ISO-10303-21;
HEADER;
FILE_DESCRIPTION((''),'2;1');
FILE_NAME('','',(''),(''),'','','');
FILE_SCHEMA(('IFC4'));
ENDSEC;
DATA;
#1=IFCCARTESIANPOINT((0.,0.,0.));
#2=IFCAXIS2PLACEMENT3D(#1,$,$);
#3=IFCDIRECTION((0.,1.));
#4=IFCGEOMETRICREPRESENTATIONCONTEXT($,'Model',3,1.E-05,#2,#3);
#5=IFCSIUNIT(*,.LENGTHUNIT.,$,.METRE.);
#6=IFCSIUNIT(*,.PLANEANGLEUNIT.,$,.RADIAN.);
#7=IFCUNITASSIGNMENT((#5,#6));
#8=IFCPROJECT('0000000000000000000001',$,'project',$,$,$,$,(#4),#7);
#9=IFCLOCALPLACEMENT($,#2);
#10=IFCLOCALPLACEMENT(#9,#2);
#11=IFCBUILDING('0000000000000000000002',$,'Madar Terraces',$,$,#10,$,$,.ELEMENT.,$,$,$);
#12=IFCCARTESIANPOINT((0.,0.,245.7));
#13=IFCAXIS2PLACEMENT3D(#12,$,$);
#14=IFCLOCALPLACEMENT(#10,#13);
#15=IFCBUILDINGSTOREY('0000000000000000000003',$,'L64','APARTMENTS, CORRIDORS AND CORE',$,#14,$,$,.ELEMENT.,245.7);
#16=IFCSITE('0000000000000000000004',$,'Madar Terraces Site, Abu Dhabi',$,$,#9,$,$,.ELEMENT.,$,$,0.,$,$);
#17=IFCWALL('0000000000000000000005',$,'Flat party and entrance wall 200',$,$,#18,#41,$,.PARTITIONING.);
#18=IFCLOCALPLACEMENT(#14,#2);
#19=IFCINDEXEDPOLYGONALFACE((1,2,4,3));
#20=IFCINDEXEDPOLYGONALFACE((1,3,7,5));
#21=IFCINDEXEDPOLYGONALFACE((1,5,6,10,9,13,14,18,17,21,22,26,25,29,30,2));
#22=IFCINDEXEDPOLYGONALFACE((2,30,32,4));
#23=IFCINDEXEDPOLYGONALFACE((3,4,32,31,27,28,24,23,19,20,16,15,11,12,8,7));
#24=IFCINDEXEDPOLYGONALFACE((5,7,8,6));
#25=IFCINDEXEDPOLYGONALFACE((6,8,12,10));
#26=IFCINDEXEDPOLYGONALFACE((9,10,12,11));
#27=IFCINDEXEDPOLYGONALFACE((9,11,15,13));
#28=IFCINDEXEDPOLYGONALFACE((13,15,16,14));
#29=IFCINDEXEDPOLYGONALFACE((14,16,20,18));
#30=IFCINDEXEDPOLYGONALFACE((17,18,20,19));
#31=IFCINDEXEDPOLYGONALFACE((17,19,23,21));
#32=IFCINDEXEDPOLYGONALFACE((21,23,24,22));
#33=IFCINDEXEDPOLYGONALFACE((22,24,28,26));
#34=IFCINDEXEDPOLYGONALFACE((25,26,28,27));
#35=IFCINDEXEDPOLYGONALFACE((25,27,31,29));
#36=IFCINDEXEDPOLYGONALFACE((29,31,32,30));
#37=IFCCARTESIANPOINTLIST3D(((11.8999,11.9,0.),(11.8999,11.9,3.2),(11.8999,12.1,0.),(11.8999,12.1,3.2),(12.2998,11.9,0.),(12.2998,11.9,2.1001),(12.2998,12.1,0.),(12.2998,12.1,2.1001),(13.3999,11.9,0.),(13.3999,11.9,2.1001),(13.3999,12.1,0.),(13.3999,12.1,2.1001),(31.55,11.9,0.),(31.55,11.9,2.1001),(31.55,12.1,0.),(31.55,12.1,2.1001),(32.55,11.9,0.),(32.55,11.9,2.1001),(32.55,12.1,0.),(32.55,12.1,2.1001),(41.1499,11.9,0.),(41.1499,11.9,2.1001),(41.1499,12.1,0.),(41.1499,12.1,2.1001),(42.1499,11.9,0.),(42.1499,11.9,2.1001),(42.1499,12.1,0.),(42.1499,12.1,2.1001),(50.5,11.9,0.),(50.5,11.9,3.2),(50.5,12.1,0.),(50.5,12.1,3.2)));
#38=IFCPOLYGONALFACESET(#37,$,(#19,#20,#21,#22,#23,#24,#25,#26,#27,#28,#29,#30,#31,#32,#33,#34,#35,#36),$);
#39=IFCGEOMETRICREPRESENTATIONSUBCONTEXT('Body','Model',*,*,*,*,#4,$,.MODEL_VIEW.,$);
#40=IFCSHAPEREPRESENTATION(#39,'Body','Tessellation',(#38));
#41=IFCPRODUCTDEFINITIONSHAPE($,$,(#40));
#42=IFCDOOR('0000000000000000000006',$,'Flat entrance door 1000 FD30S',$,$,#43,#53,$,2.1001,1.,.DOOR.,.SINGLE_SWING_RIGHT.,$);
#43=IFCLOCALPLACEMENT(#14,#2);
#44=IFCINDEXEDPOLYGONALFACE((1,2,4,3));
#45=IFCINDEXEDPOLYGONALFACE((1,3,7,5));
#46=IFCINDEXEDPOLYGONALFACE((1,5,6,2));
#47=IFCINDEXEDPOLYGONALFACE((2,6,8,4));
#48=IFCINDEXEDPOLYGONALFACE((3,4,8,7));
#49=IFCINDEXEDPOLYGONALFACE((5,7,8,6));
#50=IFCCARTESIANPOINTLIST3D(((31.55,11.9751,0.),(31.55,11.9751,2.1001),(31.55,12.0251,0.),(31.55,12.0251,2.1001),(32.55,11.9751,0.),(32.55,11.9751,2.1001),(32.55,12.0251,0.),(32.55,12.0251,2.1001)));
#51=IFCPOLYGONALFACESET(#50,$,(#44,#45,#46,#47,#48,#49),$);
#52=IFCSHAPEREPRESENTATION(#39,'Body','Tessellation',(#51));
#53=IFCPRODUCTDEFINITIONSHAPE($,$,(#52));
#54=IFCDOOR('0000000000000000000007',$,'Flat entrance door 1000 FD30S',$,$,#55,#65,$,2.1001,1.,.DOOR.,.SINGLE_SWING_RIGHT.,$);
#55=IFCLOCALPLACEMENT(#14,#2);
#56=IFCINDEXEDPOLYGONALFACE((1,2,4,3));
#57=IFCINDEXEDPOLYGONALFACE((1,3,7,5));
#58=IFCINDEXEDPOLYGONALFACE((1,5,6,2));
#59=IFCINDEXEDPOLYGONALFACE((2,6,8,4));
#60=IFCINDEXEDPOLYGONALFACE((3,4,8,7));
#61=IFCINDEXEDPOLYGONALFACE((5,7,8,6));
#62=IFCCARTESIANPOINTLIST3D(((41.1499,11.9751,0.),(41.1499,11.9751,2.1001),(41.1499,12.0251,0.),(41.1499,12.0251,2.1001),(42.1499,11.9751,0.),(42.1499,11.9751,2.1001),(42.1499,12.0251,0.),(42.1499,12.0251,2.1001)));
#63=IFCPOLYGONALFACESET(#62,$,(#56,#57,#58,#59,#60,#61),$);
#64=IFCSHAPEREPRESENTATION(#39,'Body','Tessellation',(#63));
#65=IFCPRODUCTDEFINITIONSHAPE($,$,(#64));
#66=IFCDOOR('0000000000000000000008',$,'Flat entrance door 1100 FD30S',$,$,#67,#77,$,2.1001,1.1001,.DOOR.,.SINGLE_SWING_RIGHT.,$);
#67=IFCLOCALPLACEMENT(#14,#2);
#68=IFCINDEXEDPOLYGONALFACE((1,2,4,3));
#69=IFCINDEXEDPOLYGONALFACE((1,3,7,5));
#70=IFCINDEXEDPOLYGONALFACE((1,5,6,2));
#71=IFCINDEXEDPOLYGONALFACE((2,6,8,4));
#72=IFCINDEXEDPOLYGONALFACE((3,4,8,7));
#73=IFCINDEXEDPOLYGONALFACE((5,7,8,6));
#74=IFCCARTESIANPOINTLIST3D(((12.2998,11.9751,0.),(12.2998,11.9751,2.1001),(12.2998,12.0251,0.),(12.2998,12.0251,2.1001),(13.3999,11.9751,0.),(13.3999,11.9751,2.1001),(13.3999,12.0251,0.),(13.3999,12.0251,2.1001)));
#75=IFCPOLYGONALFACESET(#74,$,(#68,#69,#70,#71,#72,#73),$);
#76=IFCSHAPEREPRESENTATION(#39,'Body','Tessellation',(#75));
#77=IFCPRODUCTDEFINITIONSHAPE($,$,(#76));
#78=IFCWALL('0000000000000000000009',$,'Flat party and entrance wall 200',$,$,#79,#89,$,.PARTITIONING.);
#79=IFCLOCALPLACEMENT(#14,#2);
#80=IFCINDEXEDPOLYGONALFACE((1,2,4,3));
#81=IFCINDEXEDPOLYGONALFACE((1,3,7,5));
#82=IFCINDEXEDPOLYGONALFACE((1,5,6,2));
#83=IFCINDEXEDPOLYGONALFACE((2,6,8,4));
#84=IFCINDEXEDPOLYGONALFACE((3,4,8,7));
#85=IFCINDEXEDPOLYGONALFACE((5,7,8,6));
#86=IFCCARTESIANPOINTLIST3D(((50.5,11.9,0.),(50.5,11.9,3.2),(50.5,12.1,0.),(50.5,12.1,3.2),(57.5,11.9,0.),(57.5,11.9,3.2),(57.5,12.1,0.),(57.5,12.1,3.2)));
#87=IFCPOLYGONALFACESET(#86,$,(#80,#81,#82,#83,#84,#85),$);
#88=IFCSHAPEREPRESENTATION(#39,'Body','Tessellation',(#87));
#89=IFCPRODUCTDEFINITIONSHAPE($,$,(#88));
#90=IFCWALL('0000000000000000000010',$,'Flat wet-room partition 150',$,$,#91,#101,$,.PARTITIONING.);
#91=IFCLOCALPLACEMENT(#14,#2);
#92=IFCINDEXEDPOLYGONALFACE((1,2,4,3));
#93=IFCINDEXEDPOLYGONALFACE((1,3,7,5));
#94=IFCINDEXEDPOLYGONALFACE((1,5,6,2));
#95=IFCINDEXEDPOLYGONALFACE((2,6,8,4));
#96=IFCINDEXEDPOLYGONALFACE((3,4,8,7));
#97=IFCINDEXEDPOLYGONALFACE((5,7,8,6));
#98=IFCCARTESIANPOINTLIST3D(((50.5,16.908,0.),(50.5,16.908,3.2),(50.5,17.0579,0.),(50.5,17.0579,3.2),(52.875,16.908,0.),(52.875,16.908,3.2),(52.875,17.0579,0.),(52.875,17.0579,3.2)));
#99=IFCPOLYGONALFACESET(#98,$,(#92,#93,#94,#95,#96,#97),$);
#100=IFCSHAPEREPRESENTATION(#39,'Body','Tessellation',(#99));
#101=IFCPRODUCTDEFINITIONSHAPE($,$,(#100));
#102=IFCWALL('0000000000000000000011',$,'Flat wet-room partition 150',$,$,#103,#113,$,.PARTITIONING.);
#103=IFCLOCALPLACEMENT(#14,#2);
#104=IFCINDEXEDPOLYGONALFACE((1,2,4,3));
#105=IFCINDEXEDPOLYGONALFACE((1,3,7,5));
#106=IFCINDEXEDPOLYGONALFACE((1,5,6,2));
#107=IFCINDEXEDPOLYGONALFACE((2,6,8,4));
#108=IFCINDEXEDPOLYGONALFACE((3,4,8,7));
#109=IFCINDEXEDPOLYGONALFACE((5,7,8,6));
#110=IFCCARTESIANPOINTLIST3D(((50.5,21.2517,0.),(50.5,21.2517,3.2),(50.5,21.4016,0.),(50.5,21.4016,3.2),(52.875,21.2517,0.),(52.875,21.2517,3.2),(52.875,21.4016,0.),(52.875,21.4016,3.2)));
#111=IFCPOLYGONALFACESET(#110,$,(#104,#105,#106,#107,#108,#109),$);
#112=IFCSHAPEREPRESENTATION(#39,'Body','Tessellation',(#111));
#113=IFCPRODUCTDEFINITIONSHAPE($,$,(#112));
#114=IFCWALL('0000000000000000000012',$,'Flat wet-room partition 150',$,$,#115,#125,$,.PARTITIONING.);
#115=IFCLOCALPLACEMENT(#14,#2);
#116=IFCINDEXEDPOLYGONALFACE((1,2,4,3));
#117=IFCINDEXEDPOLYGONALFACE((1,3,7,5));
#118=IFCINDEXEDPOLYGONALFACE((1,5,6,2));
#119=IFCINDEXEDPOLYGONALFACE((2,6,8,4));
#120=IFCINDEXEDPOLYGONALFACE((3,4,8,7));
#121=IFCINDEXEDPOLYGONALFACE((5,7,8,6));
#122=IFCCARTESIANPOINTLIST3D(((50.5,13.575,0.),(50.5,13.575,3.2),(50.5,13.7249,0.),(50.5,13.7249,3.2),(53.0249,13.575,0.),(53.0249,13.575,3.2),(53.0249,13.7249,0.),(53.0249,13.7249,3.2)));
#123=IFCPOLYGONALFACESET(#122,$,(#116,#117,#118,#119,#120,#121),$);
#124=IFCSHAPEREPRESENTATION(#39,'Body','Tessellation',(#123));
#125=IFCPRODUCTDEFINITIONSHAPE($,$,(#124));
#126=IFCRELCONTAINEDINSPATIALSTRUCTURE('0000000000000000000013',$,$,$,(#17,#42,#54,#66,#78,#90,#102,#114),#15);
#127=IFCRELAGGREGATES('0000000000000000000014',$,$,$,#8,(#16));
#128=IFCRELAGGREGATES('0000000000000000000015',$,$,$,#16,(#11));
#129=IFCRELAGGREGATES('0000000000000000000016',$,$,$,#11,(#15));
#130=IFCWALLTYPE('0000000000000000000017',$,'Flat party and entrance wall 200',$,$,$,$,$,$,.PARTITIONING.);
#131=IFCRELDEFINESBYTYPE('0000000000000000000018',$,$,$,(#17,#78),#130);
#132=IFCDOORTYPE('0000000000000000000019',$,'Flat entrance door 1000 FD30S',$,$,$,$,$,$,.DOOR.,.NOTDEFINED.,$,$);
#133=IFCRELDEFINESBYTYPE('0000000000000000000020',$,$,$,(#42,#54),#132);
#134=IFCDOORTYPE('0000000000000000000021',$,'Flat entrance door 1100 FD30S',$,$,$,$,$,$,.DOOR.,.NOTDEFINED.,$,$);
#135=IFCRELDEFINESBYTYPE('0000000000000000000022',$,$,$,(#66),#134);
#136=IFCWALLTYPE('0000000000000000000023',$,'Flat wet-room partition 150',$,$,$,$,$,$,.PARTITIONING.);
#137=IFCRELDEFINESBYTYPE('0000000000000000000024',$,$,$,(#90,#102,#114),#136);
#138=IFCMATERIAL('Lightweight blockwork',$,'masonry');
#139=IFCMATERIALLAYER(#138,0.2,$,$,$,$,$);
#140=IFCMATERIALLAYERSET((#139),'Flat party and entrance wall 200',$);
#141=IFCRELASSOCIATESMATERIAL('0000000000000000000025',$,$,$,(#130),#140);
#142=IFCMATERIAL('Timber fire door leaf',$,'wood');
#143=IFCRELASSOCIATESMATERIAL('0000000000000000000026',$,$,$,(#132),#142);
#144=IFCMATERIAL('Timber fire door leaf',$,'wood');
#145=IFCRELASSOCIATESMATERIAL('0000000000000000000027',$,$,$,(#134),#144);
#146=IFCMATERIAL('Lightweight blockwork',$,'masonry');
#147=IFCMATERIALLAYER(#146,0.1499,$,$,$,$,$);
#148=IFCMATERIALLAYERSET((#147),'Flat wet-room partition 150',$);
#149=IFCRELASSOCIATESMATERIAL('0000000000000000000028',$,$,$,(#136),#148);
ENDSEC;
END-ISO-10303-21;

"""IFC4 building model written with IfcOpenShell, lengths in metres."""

from ifc_helpers import new_model, si_unit, direction, frame, frame_2d, origin, place, context, subcontext, project, spatial, rectangle, extrude, material, layer, layer_set, type_object, element, fill, save


model = new_model("IFC4")

# Units and contexts
model_context = context("Model", 3, precision=1e-05, world=origin(), true_north=direction((0.0, 1.0)))
body_context = subcontext(model_context, "Body", "Model", "MODEL_VIEW")
ifc_project = project(units=[si_unit("LENGTHUNIT", "METRE"), si_unit("PLANEANGLEUNIT", "RADIAN")], contexts=[model_context])

# Site, building, storey
site_placement = place(None, origin())
site = spatial("IfcSite", under=ifc_project, at=site_placement, Name="Madar Terraces Site, Abu Dhabi", CompositionType="ELEMENT", RefElevation=0.0)
building_placement = place(site_placement, origin())
building = spatial("IfcBuilding", under=site, at=building_placement, Name="Madar Terraces", CompositionType="ELEMENT")
storey_placement = place(building_placement, frame((0.0, 0.0, 245.7)))
storey = spatial("IfcBuildingStorey", under=building, at=storey_placement, Name="L64", Description="APARTMENTS, CORRIDORS AND CORE", CompositionType="ELEMENT", Elevation=245.7)

# Wall, openings, doors
ifc_material_1 = material(Name="Lightweight blockwork", Category="masonry")
ifc_layer_1 = layer(ifc_material_1, 0.2)
ifc_layer_set_1 = layer_set([ifc_layer_1], Name="Flat party and entrance wall 200")
wall_type_1 = type_object("IfcWallType", Name="Flat party and entrance wall 200", PredefinedType="PARTITIONING", material=ifc_layer_set_1)
wall_1_placement = place(storey_placement, frame((50.5, 12.0, 0.0), z_axis=(0.0, 0.0, 1.0), x_axis=(-1.0, 0.0, 0.0)))
wall_1 = element("IfcWall", 1, at=wall_1_placement, inside=storey, type_object=wall_type_1, Name="Flat party and entrance wall 200", PredefinedType="PARTITIONING", context=body_context, shape_type="SweptSolid", body=[
    extrude(rectangle(XDim=38.6001, YDim=0.2, at=frame_2d((19.3, 0.0))), origin(), (0.0, 0.0, 1.0), 3.2),
])
opening_1_placement = place(wall_1_placement, frame((37.1001, 0.0, 0.0)))
opening_1 = element("IfcOpeningElement", 2, at=opening_1_placement, cuts=wall_1, PredefinedType="OPENING", context=body_context, shape_type="SweptSolid", body=[
    extrude(rectangle(XDim=1.1001, YDim=2.1001, at=frame_2d((0.55, 1.05))), frame((0.0, 0.1099, 0.0), z_axis=(0.0, -1.0, 0.0), x_axis=(1.0, 0.0, 0.0)), (0.0, 0.0, 1.0), 0.22),
])
opening_2_placement = place(wall_1_placement, frame((17.95, 0.0, 0.0)))
opening_2 = element("IfcOpeningElement", 3, at=opening_2_placement, cuts=wall_1, PredefinedType="OPENING", context=body_context, shape_type="SweptSolid", body=[
    extrude(rectangle(XDim=1.0, YDim=2.1001, at=frame_2d((0.5, 1.05))), frame((0.0, 0.1099, 0.0), z_axis=(0.0, -1.0, 0.0), x_axis=(1.0, 0.0, 0.0)), (0.0, 0.0, 1.0), 0.22),
])
opening_3_placement = place(wall_1_placement, frame((8.3501, 0.0, 0.0)))
opening_3 = element("IfcOpeningElement", 4, at=opening_3_placement, cuts=wall_1, PredefinedType="OPENING", context=body_context, shape_type="SweptSolid", body=[
    extrude(rectangle(XDim=1.0, YDim=2.1001, at=frame_2d((0.5, 1.05))), frame((0.0, 0.1099, 0.0), z_axis=(0.0, -1.0, 0.0), x_axis=(1.0, 0.0, 0.0)), (0.0, 0.0, 1.0), 0.22),
])
ifc_material_2 = material(Name="Timber fire door leaf", Category="wood")
door_type_1 = type_object("IfcDoorType", Name="Flat entrance door 1000 FD30S", OperationType="NOTDEFINED", PredefinedType="DOOR", material=ifc_material_2)
door_1_placement = place(opening_2_placement, origin())
door_1 = element("IfcDoor", 5, at=door_1_placement, inside=storey, type_object=door_type_1, Name="Flat entrance door 1000 FD30S", OperationType="SINGLE_SWING_RIGHT", OverallHeight=2.1001, OverallWidth=1.0, PredefinedType="DOOR", context=body_context, shape_type="SweptSolid", body=[
    extrude(rectangle(XDim=1.0, YDim=2.1001, at=frame_2d((0.5, 1.05))), frame((0.0, 0.0249, 0.0), z_axis=(0.0, -1.0, 0.0), x_axis=(1.0, 0.0, 0.0)), (0.0, 0.0, 1.0), 0.05),
])
fill(opening_2, door_1)
door_2_placement = place(opening_3_placement, origin())
door_2 = element("IfcDoor", 6, at=door_2_placement, inside=storey, type_object=door_type_1, Name="Flat entrance door 1000 FD30S", OperationType="SINGLE_SWING_RIGHT", OverallHeight=2.1001, OverallWidth=1.0, PredefinedType="DOOR", context=body_context, shape_type="SweptSolid", body=[
    extrude(rectangle(XDim=1.0, YDim=2.1001, at=frame_2d((0.5, 1.05))), frame((0.0, 0.0249, 0.0), z_axis=(0.0, -1.0, 0.0), x_axis=(1.0, 0.0, 0.0)), (0.0, 0.0, 1.0), 0.05),
])
fill(opening_3, door_2)
ifc_material_3 = material(Name="Timber fire door leaf", Category="wood")
door_type_2 = type_object("IfcDoorType", Name="Flat entrance door 1100 FD30S", OperationType="NOTDEFINED", PredefinedType="DOOR", material=ifc_material_3)
door_3_placement = place(opening_1_placement, origin())
door_3 = element("IfcDoor", 7, at=door_3_placement, inside=storey, type_object=door_type_2, Name="Flat entrance door 1100 FD30S", OperationType="SINGLE_SWING_RIGHT", OverallHeight=2.1001, OverallWidth=1.1001, PredefinedType="DOOR", context=body_context, shape_type="SweptSolid", body=[
    extrude(rectangle(XDim=1.1001, YDim=2.1001, at=frame_2d((0.55, 1.05))), frame((0.0, 0.0249, 0.0), z_axis=(0.0, -1.0, 0.0), x_axis=(1.0, 0.0, 0.0)), (0.0, 0.0, 1.0), 0.05),
])
fill(opening_1, door_3)

# Walls
wall_2_placement = place(storey_placement, frame((50.5, 12.0, 0.0), z_axis=(0.0, 0.0, 1.0), x_axis=(1.0, 0.0, 0.0)))
element("IfcWall", 8, at=wall_2_placement, inside=storey, type_object=wall_type_1, Name="Flat party and entrance wall 200", PredefinedType="PARTITIONING", context=body_context, shape_type="SweptSolid", body=[
    extrude(rectangle(XDim=7.0, YDim=0.2, at=frame_2d((3.5, 0.0))), origin(), (0.0, 0.0, 1.0), 3.2),
])
ifc_material_4 = material(Name="Lightweight blockwork", Category="masonry")
ifc_layer_2 = layer(ifc_material_4, 0.1499)
ifc_layer_set_2 = layer_set([ifc_layer_2], Name="Flat wet-room partition 150")
wall_type_2 = type_object("IfcWallType", Name="Flat wet-room partition 150", PredefinedType="PARTITIONING", material=ifc_layer_set_2)
for number, where, z_axis, x_axis, name in (
    (9, (50.5, 16.9829, 0.0), (0.0, 0.0, 1.0), (1.0, 0.0, 0.0), "Flat wet-room partition 150"),
    (10, (50.5, 21.3267, 0.0), (0.0, 0.0, 1.0), (1.0, 0.0, 0.0), "Flat wet-room partition 150"),
):
    element("IfcWall", number, at=place(storey_placement, frame(where, z_axis=z_axis, x_axis=x_axis)), inside=storey, type_object=wall_type_2, Name=name, PredefinedType="PARTITIONING", context=body_context, shape_type="SweptSolid", body=[
        extrude(rectangle(XDim=2.375, YDim=0.1499, at=frame_2d((1.1875, 0.0))), origin(), (0.0, 0.0, 1.0), 3.2),
    ])
wall_3_placement = place(storey_placement, frame((50.5, 13.6499, 0.0), z_axis=(0.0, 0.0, 1.0), x_axis=(1.0, 0.0, 0.0)))
element("IfcWall", 11, at=wall_3_placement, inside=storey, type_object=wall_type_2, Name="Flat wet-room partition 150", PredefinedType="PARTITIONING", context=body_context, shape_type="SweptSolid", body=[
    extrude(rectangle(XDim=2.5249, YDim=0.1499, at=frame_2d((1.2625, 0.0))), origin(), (0.0, 0.0, 1.0), 3.2),
])

save(model, "model.ifc")
